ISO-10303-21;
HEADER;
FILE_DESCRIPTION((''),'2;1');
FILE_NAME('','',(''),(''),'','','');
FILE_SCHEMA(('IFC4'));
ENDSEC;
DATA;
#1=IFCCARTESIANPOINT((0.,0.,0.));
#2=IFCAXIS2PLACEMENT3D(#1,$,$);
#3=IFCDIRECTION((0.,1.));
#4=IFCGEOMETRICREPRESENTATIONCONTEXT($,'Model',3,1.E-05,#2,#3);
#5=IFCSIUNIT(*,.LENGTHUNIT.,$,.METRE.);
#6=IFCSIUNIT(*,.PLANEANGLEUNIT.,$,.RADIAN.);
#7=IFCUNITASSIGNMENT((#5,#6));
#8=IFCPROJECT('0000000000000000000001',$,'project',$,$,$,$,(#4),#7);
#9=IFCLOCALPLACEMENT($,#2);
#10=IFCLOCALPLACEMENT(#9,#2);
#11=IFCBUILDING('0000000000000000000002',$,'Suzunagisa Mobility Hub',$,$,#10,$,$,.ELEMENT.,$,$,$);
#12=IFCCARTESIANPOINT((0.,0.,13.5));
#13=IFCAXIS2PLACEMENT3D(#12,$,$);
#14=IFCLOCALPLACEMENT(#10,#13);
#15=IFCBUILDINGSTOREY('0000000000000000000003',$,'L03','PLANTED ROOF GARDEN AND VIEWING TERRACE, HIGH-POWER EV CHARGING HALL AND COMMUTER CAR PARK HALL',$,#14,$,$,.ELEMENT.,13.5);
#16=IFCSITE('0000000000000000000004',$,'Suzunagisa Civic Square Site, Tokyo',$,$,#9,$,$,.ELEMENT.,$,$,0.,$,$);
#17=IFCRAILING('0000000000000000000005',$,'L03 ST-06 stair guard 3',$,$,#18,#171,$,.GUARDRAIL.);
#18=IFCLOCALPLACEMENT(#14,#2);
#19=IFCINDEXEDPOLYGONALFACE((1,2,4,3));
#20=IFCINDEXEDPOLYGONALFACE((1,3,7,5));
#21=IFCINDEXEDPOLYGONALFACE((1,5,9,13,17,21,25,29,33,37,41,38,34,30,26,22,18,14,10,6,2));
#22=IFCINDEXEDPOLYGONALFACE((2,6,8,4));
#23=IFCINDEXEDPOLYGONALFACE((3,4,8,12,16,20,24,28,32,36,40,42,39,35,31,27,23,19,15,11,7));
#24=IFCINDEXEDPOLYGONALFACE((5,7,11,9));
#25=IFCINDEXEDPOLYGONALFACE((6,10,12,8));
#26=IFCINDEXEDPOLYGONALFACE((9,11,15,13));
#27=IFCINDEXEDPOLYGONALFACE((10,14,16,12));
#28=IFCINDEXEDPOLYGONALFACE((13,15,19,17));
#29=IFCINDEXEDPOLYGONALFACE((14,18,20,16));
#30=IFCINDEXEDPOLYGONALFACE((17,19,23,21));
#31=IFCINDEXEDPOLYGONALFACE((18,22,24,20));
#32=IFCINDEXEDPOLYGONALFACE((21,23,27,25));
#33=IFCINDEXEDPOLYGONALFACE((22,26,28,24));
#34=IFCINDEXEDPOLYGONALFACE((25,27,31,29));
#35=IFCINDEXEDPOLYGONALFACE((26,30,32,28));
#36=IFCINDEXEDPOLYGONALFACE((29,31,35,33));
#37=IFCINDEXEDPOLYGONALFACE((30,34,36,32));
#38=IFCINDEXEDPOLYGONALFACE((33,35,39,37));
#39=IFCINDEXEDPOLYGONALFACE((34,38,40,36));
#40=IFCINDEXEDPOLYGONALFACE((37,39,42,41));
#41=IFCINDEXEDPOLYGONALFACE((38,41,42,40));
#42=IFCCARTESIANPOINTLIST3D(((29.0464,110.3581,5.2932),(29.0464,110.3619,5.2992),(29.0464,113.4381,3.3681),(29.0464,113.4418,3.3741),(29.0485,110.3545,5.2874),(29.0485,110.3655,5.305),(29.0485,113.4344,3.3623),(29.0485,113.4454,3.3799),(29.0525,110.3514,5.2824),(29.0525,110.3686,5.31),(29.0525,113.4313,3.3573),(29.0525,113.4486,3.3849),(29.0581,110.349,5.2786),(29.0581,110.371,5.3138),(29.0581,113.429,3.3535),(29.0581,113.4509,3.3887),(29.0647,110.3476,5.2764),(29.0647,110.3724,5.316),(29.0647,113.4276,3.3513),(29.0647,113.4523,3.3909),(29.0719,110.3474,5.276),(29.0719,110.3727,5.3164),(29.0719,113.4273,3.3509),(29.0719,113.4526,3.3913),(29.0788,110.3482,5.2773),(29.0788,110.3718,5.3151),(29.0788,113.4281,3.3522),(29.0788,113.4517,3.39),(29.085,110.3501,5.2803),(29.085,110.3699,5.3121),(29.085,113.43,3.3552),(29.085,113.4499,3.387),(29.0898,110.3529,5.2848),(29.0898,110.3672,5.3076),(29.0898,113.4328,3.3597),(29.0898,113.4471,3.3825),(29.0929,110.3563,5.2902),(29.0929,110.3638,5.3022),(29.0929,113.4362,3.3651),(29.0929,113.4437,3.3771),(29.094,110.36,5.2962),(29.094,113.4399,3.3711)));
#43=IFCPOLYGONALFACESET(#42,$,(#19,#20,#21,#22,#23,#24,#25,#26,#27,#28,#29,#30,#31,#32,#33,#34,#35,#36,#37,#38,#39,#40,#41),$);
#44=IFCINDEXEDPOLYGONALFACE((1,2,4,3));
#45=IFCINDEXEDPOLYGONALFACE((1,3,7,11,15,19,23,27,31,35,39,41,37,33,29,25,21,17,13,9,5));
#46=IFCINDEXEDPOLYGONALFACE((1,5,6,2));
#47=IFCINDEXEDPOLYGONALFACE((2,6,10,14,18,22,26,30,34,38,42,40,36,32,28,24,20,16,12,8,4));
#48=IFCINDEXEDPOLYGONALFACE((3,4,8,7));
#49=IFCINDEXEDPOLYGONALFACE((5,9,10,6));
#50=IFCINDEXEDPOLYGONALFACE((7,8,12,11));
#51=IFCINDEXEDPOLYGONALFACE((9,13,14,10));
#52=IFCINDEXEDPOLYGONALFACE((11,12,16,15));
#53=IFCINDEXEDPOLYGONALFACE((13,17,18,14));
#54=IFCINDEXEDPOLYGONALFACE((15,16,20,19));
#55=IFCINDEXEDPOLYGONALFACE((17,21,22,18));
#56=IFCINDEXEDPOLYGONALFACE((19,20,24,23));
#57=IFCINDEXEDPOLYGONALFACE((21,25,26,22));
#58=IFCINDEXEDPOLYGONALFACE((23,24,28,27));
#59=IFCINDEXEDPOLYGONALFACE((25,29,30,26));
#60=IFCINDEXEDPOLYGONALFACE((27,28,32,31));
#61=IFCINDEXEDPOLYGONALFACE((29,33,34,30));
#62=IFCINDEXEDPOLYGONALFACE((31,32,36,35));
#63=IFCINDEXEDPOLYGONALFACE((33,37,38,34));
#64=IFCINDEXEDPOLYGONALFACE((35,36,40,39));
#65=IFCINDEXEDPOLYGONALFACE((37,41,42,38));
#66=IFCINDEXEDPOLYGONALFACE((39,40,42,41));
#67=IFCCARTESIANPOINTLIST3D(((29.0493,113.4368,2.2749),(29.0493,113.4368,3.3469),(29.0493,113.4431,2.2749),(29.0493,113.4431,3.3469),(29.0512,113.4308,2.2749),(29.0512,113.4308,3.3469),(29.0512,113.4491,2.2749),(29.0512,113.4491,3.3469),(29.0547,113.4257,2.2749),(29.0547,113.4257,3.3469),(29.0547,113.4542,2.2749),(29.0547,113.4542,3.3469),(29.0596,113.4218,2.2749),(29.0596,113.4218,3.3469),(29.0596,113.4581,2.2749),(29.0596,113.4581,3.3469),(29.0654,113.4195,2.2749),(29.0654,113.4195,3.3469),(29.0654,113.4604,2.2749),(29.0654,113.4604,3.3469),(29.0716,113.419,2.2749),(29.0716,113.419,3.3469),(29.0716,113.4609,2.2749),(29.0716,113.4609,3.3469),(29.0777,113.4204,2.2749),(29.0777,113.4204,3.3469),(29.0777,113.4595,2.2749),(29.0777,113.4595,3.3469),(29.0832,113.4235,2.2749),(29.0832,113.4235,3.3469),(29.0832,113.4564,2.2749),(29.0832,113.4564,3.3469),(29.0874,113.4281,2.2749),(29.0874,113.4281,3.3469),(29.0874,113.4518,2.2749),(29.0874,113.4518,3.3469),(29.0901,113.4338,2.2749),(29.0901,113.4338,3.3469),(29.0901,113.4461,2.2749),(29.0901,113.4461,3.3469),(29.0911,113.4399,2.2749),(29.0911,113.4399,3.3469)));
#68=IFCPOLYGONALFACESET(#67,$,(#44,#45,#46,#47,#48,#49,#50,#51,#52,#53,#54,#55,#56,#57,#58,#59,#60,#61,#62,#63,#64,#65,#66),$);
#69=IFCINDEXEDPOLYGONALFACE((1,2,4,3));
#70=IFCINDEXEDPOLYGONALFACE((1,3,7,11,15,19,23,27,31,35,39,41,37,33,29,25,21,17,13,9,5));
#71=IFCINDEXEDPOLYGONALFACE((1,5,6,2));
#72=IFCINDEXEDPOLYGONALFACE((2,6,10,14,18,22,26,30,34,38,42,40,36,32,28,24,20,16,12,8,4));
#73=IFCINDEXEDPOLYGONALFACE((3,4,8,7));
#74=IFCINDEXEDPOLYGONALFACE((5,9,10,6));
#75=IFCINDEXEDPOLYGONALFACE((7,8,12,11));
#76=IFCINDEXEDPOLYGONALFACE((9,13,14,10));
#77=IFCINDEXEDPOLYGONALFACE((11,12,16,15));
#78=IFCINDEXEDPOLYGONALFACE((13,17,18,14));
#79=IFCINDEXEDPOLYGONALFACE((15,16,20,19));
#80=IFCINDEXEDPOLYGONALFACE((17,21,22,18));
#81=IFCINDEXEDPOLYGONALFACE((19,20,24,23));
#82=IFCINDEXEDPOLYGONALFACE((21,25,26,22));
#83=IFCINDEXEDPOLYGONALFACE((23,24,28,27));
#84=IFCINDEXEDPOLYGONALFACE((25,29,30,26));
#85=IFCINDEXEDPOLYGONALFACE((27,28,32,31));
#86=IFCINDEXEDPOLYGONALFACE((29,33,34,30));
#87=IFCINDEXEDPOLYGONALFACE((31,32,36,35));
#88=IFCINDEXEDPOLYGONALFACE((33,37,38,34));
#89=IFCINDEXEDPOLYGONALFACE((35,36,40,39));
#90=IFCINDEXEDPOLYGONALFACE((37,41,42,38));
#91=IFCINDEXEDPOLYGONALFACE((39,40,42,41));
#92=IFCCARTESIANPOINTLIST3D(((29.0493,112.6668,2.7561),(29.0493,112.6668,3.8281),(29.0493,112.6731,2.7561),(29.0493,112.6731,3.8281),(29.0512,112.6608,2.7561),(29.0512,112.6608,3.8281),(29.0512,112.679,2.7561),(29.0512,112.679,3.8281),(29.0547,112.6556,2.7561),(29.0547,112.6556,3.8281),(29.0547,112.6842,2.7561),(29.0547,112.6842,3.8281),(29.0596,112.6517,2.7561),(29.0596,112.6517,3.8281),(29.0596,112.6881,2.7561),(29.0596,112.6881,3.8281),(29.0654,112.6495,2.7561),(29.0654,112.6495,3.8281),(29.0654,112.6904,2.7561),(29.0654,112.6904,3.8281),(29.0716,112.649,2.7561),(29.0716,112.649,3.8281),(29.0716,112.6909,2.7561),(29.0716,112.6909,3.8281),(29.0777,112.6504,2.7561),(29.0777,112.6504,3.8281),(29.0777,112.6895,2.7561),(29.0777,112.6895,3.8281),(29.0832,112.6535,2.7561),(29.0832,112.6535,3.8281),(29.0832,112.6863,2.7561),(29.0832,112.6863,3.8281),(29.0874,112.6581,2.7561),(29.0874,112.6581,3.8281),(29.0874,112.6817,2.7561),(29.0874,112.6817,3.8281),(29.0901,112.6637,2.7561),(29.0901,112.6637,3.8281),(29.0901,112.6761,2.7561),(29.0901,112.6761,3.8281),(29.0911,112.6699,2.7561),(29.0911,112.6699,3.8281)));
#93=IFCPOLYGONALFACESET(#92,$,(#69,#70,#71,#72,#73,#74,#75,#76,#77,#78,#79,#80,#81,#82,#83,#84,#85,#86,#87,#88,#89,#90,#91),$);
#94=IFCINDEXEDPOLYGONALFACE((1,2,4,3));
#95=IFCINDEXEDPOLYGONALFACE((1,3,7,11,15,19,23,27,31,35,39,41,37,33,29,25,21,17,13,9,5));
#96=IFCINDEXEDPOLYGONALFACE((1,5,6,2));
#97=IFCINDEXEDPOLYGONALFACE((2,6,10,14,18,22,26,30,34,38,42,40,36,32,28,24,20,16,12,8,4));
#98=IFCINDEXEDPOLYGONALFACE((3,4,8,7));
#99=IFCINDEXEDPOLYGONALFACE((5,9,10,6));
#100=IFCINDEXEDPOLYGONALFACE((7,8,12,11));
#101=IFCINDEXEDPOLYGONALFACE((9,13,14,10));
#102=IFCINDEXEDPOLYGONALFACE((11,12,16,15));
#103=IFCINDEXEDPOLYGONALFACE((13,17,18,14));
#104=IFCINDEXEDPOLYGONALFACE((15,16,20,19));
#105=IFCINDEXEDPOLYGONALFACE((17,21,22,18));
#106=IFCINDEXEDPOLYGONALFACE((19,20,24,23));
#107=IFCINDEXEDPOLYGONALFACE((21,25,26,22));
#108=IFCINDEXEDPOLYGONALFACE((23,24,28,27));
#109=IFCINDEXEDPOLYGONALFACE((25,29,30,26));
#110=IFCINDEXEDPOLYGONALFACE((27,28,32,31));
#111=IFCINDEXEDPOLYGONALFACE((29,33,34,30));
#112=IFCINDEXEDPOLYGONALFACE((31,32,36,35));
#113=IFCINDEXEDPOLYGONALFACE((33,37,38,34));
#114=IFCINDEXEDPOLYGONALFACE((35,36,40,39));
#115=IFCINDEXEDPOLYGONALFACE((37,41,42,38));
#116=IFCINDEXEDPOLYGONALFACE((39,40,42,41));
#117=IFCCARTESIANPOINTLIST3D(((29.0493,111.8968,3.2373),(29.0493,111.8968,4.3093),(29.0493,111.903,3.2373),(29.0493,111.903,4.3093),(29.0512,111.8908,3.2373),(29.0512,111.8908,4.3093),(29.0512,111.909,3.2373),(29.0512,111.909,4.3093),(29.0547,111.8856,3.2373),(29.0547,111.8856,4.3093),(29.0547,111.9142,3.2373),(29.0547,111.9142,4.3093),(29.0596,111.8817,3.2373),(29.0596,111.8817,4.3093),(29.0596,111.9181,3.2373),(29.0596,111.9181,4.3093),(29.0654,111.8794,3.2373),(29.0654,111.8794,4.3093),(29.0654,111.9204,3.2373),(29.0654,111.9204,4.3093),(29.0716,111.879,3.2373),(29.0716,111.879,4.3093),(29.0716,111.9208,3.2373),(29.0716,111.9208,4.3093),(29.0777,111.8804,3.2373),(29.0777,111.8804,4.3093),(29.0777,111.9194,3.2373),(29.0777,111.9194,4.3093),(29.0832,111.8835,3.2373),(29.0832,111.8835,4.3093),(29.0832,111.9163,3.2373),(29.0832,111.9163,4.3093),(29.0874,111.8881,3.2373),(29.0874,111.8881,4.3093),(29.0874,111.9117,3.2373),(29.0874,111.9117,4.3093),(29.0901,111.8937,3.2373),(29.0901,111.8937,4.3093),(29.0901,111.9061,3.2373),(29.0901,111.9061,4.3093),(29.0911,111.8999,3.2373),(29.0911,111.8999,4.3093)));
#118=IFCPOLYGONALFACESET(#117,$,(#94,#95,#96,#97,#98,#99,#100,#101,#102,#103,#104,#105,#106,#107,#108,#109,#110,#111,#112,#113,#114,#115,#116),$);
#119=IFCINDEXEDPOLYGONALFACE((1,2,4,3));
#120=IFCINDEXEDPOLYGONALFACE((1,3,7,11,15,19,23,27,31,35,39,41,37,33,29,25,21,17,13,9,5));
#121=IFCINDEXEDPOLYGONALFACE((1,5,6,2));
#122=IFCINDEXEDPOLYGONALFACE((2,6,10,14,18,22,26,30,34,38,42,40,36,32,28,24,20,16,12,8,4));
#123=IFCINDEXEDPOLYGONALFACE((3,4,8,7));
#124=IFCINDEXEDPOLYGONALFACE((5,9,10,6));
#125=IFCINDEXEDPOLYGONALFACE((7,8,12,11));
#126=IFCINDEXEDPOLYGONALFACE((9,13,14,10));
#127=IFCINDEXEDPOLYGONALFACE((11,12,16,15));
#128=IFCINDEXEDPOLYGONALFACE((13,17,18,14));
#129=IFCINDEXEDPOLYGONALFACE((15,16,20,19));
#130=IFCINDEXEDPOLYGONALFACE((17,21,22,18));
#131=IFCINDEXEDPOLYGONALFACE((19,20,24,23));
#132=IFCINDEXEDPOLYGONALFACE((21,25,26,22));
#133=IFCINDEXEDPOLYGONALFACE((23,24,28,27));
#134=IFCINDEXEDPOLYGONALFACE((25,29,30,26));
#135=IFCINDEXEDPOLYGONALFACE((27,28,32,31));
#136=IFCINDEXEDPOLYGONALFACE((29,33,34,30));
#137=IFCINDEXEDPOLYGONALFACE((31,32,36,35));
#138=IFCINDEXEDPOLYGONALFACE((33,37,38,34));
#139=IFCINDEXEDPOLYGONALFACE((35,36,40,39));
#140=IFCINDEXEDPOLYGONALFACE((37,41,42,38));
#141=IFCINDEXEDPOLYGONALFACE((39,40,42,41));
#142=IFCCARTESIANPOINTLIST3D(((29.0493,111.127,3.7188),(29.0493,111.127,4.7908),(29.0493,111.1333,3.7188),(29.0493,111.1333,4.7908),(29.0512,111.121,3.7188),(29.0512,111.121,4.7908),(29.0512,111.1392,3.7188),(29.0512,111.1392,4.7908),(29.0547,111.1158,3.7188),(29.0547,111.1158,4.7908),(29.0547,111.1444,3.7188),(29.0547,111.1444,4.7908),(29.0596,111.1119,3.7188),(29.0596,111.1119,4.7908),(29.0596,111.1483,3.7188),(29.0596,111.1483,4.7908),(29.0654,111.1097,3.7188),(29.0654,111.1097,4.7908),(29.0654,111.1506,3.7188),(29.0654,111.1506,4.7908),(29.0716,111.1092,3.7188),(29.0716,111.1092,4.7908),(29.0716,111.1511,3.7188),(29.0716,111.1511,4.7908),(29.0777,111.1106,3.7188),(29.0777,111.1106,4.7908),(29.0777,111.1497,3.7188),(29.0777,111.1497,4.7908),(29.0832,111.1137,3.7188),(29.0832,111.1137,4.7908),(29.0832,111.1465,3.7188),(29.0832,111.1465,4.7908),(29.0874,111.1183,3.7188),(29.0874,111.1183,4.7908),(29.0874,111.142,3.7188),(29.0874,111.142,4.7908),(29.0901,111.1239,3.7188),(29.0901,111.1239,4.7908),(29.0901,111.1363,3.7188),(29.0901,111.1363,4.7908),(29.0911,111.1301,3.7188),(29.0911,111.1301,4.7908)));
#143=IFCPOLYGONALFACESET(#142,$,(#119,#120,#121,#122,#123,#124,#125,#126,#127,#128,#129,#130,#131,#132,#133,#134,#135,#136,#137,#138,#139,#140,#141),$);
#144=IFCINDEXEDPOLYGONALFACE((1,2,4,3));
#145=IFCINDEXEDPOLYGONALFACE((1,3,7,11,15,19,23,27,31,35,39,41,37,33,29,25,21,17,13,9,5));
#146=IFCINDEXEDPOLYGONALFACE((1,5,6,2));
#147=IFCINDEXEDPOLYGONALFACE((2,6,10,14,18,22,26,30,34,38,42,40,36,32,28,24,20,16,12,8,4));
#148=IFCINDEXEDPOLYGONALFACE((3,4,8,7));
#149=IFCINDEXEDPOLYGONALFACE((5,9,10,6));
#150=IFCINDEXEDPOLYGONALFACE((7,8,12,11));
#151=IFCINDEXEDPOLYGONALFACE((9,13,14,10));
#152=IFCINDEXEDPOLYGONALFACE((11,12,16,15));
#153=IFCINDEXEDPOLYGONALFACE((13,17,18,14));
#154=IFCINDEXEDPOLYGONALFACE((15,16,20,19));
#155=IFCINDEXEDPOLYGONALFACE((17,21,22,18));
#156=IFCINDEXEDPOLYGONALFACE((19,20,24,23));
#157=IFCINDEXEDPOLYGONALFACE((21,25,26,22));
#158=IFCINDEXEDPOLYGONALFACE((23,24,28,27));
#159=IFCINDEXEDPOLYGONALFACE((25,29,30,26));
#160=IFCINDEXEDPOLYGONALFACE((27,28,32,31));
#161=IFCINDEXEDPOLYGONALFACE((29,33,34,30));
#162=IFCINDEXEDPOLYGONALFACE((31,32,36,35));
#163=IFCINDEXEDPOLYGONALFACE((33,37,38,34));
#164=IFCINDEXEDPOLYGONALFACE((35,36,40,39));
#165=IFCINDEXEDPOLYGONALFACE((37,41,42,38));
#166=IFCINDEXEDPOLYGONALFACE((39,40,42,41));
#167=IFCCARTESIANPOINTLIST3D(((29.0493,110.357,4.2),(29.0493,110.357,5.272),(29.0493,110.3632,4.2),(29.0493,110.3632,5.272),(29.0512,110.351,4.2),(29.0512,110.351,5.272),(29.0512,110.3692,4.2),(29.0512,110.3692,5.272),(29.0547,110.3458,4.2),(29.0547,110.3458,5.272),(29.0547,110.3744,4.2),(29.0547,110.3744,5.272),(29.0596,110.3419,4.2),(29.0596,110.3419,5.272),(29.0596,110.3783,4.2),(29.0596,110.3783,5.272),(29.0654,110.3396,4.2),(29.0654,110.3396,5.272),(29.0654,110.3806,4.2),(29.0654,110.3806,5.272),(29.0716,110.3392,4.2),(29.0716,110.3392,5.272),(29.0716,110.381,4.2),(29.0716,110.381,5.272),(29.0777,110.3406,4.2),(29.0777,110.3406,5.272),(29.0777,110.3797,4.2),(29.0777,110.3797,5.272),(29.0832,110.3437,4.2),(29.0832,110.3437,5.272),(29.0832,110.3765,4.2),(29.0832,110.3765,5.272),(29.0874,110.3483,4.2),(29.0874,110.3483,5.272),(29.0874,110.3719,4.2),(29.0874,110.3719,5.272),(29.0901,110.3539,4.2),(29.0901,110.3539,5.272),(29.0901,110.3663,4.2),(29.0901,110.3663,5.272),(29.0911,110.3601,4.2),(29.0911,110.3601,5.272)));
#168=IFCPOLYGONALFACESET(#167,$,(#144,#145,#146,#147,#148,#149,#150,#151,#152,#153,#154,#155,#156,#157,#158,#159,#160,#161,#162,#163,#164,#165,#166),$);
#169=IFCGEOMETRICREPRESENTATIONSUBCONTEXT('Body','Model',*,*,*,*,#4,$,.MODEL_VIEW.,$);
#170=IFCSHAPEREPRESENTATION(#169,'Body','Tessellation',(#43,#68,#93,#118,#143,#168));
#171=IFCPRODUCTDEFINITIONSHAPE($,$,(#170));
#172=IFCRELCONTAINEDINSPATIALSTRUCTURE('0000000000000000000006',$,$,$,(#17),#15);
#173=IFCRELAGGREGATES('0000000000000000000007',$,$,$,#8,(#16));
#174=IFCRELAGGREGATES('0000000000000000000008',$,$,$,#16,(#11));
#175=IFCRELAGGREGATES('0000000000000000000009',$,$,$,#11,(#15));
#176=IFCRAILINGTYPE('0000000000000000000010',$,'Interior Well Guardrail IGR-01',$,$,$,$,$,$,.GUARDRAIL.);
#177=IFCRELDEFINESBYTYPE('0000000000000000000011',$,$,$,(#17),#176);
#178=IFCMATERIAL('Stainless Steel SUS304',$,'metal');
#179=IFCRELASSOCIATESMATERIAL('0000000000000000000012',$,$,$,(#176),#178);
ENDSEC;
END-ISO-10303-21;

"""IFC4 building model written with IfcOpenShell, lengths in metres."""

from ifc_helpers import new_model, si_unit, direction, frame, origin, origin_2d, place, context, subcontext, project, spatial, circle, extrude, material, type_object, element, save


model = new_model("IFC4")

# Units and contexts
model_context = context("Model", 3, precision=1e-05, world=origin(), true_north=direction((0.0, 1.0)))
body_context = subcontext(model_context, "Body", "Model", "MODEL_VIEW")
ifc_project = project(units=[si_unit("LENGTHUNIT", "METRE"), si_unit("PLANEANGLEUNIT", "RADIAN")], contexts=[model_context])

# Site, building, storey
site_placement = place(None, origin())
site = spatial("IfcSite", under=ifc_project, at=site_placement, Name="Suzunagisa Civic Square Site, Tokyo", CompositionType="ELEMENT", RefElevation=0.0)
building_placement = place(site_placement, origin())
building = spatial("IfcBuilding", under=site, at=building_placement, Name="Suzunagisa Mobility Hub", CompositionType="ELEMENT")
storey_placement = place(building_placement, frame((0.0, 0.0, 13.5)))
storey = spatial("IfcBuildingStorey", under=building, at=storey_placement, Name="L03", Description="PLANTED ROOF GARDEN AND VIEWING TERRACE, HIGH-POWER EV CHARGING HALL AND COMMUTER CAR PARK HALL", CompositionType="ELEMENT", Elevation=13.5)

# Railing
ifc_material_1 = material(Name="Stainless Steel SUS304", Category="metal")
railing_type_1 = type_object("IfcRailingType", Name="Interior Well Guardrail IGR-01", PredefinedType="GUARDRAIL", material=ifc_material_1)
railing_1_placement = place(storey_placement, frame((29.0701, 113.4399, 2.2749)))
element("IfcRailing", 1, at=railing_1_placement, inside=storey, type_object=railing_type_1, Name="L03 ST-06 stair guard 3", PredefinedType="GUARDRAIL", context=body_context, shape_type="SweptSolid", body=[
    extrude(circle(Radius=0.0239, at=origin_2d()), frame((0.0, 0.0, 1.0962), z_axis=(0.0, -0.847979, 0.530029), x_axis=(1.0, 0.0, 0.0)), (0.0, 0.0, 1.0), 3.6321),
    extrude(circle(Radius=0.021, at=origin_2d()), origin(), (0.0, 0.0, 1.0), 1.072),
    extrude(circle(Radius=0.021, at=origin_2d()), frame((0.0, -0.77, 0.4812)), (0.0, 0.0, 1.0), 1.072),
    extrude(circle(Radius=0.021, at=origin_2d()), frame((0.0, -1.54, 0.9624)), (0.0, 0.0, 1.0), 1.072),
    extrude(circle(Radius=0.021, at=origin_2d()), frame((0.0, -2.3098, 1.4438)), (0.0, 0.0, 1.0), 1.072),
    extrude(circle(Radius=0.021, at=origin_2d()), frame((0.0, -3.0798, 1.925)), (0.0, 0.0, 1.0), 1.072),
])

save(model, "model.ifc")
